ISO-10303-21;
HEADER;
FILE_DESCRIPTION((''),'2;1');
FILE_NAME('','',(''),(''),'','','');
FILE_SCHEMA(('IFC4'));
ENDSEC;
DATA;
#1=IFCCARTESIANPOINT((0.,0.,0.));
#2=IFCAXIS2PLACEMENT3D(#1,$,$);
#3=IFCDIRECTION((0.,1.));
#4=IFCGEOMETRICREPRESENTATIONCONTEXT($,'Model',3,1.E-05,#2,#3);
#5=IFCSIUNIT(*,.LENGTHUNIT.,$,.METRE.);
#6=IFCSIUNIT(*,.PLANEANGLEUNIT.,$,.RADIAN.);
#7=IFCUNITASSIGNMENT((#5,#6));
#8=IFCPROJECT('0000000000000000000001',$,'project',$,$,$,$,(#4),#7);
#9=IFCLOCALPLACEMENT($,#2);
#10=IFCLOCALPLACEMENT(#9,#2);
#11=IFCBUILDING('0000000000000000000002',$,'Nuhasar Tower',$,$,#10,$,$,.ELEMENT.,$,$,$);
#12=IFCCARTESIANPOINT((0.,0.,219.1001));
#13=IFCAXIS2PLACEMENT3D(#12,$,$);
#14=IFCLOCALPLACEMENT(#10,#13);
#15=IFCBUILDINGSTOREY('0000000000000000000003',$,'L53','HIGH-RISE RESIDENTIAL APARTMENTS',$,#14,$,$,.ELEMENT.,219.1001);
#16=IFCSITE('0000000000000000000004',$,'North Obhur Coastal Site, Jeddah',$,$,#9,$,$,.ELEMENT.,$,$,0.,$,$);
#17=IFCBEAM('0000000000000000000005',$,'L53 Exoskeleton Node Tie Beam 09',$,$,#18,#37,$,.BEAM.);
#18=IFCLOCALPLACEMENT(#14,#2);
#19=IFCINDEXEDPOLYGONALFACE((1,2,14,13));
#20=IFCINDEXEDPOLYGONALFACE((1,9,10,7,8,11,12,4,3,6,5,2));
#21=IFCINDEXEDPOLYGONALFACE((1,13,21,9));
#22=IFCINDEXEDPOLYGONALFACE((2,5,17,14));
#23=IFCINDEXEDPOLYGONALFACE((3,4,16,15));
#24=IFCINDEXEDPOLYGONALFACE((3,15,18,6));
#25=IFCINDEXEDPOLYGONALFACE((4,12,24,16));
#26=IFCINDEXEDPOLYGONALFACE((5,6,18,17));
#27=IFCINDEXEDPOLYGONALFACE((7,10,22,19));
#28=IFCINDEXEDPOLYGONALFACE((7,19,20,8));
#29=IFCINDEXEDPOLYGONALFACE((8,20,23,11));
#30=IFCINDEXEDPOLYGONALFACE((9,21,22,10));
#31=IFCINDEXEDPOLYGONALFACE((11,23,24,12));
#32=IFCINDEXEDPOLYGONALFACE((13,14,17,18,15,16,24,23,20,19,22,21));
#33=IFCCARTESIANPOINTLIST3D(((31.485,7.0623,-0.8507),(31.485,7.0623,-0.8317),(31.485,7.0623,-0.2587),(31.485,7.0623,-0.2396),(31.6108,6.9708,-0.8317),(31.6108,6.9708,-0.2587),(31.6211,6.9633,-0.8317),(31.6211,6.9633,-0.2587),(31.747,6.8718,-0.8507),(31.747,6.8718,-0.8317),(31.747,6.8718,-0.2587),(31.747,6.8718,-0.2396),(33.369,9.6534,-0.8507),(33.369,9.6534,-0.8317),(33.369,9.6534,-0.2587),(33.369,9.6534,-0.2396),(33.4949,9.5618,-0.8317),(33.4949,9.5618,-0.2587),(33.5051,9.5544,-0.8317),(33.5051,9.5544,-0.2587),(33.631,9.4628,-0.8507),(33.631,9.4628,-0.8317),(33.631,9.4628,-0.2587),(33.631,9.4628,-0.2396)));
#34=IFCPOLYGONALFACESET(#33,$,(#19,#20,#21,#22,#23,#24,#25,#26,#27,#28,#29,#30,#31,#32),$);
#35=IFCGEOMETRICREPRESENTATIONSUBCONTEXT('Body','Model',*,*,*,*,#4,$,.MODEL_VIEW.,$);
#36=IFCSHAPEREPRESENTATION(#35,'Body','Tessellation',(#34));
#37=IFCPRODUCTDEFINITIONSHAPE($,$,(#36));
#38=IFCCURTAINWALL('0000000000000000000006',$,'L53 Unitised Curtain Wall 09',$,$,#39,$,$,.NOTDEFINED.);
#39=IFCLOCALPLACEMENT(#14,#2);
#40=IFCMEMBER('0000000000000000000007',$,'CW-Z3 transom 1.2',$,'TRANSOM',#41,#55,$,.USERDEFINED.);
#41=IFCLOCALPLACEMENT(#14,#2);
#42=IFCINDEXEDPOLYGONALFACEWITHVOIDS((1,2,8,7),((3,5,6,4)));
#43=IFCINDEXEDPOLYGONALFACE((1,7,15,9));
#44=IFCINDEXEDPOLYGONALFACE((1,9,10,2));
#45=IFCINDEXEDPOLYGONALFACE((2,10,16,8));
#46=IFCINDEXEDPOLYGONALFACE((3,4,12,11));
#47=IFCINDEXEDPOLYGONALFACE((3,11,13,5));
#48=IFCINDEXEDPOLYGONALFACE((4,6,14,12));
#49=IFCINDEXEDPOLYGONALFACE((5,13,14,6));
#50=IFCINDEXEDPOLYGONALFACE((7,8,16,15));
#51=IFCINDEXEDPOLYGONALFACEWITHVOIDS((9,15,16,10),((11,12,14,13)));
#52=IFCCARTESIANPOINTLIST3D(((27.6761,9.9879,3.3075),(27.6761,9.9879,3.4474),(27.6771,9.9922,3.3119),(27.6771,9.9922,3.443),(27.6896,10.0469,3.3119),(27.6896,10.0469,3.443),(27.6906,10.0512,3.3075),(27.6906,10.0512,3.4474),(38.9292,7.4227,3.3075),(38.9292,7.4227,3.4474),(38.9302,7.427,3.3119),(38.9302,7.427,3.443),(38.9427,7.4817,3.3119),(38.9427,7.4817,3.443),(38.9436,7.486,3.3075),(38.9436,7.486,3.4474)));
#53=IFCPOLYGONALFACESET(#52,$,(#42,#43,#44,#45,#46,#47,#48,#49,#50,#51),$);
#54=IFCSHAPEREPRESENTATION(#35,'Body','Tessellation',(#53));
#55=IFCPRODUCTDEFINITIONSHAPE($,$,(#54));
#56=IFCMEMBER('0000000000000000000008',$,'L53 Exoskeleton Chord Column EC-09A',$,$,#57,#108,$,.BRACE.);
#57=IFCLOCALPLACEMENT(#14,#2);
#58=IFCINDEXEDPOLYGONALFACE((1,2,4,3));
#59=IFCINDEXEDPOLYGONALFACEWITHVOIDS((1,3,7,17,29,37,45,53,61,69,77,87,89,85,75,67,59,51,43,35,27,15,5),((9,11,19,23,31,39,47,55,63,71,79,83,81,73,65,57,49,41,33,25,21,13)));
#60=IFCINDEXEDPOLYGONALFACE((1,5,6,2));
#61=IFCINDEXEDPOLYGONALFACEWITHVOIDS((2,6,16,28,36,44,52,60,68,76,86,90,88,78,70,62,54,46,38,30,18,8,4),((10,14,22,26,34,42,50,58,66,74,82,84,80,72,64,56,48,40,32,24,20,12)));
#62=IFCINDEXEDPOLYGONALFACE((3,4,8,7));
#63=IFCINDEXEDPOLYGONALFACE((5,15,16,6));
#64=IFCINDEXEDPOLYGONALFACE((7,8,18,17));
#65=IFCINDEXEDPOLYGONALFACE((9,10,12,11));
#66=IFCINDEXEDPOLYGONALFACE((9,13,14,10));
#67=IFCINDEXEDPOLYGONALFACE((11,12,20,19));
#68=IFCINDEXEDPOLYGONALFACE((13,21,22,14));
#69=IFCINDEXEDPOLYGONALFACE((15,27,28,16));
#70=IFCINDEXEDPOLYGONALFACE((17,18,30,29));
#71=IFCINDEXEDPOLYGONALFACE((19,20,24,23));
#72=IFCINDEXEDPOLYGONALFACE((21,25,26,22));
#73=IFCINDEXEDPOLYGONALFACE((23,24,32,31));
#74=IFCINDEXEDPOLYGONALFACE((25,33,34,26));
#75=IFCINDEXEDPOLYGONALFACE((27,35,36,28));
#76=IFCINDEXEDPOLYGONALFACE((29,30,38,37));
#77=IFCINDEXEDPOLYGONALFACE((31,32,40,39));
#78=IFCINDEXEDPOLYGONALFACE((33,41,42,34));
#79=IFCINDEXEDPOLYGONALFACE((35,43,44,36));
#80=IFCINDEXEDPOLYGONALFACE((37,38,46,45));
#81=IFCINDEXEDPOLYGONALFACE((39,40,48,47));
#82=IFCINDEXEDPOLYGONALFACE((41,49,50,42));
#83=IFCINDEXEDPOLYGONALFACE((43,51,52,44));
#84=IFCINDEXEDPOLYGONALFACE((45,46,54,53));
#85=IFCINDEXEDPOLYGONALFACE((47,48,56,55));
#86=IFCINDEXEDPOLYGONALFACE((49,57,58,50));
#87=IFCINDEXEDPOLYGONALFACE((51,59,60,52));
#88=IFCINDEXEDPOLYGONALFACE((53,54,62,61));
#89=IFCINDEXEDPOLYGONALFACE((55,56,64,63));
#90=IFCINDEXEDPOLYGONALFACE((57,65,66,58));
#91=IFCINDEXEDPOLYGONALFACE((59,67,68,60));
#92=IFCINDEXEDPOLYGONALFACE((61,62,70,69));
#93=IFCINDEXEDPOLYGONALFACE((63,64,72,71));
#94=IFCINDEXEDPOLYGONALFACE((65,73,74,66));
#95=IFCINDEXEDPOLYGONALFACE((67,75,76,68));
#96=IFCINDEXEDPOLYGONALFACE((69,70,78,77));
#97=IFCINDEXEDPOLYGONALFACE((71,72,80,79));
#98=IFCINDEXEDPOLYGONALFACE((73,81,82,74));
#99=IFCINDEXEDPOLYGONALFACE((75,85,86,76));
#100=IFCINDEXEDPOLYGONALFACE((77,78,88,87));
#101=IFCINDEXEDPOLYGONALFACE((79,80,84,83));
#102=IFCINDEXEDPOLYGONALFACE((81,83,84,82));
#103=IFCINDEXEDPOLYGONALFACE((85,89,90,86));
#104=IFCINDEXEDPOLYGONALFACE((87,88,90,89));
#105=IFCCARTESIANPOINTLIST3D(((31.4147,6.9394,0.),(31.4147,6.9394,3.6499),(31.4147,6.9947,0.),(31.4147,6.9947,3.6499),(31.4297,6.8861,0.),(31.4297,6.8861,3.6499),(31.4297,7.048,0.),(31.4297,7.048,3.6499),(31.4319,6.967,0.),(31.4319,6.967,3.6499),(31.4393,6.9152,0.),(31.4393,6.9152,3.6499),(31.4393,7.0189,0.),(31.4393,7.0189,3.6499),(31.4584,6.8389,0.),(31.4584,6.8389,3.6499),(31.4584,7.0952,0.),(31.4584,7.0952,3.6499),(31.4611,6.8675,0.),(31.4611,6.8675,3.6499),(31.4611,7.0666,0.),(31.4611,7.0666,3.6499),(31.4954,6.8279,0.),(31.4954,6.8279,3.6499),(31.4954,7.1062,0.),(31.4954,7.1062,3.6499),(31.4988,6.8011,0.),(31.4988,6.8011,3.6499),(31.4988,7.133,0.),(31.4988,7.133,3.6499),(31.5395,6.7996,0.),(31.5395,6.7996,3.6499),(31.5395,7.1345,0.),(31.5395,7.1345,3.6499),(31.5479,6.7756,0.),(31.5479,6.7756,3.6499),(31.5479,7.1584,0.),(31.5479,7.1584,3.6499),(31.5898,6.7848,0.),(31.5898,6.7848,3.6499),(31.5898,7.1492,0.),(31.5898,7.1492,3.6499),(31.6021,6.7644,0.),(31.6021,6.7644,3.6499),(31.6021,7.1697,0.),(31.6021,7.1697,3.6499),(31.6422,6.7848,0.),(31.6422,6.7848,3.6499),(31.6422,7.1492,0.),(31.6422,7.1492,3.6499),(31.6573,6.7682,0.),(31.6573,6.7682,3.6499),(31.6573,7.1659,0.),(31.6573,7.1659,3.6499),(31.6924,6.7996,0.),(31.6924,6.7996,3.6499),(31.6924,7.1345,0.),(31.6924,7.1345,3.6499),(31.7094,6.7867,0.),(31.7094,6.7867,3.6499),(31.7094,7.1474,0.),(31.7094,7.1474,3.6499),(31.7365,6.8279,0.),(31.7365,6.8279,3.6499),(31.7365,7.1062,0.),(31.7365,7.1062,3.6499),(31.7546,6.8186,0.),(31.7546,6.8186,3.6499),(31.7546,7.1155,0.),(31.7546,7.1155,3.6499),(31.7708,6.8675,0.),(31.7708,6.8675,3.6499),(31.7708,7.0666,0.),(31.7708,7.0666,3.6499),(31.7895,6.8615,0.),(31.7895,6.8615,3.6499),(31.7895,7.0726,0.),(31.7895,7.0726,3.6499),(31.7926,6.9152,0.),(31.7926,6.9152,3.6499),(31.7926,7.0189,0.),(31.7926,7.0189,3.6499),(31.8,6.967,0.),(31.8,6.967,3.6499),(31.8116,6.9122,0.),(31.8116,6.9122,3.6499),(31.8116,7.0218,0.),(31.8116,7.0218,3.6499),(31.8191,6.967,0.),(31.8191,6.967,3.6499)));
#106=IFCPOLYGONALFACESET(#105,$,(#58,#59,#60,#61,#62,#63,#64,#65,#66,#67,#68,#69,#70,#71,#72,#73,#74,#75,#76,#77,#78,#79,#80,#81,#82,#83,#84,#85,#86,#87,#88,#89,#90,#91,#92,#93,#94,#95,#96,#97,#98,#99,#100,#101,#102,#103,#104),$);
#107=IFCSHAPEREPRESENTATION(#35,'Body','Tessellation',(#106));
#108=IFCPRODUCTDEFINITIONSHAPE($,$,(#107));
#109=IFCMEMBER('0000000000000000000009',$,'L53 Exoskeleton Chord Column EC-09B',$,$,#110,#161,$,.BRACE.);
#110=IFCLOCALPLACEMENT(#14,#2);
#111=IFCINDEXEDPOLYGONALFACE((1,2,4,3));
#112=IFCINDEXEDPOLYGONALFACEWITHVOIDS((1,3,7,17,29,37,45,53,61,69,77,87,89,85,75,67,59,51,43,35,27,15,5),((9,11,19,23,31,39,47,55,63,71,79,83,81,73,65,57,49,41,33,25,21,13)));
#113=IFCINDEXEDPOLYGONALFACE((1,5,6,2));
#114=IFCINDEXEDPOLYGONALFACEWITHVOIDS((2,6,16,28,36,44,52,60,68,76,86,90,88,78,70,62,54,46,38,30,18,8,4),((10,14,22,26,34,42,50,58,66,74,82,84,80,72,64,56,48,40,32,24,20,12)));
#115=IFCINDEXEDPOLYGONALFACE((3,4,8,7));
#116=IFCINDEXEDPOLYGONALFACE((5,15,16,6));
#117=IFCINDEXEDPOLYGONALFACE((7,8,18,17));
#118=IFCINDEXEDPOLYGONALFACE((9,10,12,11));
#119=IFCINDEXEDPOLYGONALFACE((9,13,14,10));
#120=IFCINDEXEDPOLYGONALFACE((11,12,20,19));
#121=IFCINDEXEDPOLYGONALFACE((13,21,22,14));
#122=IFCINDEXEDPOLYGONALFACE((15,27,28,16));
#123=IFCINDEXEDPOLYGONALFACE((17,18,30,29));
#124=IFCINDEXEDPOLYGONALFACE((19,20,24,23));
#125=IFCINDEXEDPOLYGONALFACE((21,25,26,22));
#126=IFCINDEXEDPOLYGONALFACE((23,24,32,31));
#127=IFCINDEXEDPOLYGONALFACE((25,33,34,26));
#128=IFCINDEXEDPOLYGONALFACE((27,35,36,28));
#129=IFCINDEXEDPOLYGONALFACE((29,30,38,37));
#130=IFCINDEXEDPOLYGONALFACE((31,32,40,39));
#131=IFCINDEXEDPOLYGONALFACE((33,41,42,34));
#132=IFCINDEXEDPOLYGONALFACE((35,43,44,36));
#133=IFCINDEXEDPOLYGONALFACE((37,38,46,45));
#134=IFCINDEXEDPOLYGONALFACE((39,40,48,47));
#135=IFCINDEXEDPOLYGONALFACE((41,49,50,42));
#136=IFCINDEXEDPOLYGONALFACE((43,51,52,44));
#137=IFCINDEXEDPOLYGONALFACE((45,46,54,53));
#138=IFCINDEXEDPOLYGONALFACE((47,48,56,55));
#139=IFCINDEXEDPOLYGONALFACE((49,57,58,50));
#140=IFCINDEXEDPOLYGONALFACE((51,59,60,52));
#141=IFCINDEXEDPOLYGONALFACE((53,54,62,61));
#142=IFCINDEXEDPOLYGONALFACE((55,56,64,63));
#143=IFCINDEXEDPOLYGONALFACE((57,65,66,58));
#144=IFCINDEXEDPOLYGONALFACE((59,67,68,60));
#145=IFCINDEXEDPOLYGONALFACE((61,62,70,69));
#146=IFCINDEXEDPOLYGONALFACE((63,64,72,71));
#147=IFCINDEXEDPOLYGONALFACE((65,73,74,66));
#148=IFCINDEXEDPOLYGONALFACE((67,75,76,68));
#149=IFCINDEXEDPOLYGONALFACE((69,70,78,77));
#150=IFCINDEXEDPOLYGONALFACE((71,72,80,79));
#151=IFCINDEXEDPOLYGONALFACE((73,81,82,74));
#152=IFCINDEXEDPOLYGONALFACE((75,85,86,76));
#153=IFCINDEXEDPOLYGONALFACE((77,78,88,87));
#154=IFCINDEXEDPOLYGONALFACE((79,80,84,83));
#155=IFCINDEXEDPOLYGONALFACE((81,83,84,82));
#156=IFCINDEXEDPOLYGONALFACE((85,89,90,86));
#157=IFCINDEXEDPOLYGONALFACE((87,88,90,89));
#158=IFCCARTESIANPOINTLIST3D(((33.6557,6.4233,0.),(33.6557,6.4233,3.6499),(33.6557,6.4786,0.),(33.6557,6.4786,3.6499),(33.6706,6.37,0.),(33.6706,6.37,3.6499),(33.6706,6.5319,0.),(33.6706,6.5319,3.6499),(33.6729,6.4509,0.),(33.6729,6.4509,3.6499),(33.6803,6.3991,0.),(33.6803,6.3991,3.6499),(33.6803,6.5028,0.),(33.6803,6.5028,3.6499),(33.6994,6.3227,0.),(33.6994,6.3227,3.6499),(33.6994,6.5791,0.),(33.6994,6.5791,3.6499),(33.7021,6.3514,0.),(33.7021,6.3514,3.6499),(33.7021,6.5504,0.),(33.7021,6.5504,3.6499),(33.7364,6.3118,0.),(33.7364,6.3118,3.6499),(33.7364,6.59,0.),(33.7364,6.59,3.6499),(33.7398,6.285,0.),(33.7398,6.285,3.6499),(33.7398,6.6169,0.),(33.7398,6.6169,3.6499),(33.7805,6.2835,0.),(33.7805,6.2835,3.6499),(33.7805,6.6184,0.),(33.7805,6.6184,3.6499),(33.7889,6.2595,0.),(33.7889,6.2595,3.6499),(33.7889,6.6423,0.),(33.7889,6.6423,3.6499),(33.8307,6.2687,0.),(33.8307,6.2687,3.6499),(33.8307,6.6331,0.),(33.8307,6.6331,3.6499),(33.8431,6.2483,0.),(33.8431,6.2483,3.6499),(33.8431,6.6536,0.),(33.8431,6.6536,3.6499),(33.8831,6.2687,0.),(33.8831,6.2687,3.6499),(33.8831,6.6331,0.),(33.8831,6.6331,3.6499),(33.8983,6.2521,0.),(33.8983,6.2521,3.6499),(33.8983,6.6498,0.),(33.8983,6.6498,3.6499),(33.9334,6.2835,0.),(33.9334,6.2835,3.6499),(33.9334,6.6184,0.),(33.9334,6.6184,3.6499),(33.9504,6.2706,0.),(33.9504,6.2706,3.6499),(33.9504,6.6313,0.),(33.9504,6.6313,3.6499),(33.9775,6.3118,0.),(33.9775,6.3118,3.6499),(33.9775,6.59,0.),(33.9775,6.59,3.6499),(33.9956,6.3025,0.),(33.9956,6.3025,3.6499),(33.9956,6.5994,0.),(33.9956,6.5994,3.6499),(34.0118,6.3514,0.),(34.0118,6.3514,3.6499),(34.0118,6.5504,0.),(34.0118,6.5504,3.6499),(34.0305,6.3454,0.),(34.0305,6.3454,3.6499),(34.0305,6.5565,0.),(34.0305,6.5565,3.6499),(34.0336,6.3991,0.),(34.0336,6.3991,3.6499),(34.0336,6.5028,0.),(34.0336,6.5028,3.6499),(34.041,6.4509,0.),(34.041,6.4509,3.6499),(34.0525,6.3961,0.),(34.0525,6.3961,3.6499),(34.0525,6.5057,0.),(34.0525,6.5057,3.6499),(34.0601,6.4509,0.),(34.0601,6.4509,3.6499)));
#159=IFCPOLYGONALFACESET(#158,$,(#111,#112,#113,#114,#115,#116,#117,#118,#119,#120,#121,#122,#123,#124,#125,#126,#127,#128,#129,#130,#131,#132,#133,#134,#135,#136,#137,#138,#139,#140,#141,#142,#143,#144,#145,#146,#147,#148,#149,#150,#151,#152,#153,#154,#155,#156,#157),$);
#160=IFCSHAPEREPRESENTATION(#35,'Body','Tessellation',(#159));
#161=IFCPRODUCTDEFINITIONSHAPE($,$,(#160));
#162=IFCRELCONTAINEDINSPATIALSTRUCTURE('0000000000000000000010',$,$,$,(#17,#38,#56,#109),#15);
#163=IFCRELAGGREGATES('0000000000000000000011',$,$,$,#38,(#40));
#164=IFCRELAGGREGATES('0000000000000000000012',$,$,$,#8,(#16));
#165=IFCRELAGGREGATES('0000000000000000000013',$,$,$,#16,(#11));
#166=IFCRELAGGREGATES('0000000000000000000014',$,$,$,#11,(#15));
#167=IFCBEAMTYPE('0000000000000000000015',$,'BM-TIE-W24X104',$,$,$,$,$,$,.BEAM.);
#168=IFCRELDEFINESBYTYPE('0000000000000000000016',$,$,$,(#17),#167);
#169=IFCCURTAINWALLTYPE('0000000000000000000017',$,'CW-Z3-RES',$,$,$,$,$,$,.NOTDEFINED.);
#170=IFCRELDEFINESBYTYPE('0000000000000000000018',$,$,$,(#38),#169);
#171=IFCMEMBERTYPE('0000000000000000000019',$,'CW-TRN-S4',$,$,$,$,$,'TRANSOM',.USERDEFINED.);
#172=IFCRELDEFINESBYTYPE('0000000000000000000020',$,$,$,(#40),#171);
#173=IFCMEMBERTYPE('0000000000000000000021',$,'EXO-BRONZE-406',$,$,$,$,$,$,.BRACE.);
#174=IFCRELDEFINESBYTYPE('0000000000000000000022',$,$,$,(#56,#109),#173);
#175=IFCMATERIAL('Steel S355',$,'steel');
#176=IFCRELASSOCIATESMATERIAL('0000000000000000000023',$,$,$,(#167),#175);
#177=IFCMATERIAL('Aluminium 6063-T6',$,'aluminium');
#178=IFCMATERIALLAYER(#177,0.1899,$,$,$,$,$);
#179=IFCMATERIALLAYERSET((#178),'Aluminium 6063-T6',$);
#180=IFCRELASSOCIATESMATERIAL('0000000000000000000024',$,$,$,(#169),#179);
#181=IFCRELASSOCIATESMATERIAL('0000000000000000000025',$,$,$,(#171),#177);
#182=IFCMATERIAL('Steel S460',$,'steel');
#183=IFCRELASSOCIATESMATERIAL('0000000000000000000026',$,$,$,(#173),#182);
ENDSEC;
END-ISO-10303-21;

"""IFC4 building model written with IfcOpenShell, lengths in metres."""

from ifc_helpers import new_model, si_unit, direction, frame, origin, origin_2d, place, context, subcontext, project, spatial, hollow_rectangle, hollow_circle, i_section, extrude, material, layer, layer_set, material_profile, profile_set, type_object, element, aggregate, save


model = new_model("IFC4")

# Units and contexts
model_context = context("Model", 3, precision=1e-05, world=origin(), true_north=direction((0.0, 1.0)))
body_context = subcontext(model_context, "Body", "Model", "MODEL_VIEW")
ifc_project = project(units=[si_unit("LENGTHUNIT", "METRE"), si_unit("PLANEANGLEUNIT", "RADIAN")], contexts=[model_context])

# Site, building, storey
site_placement = place(None, origin())
site = spatial("IfcSite", under=ifc_project, at=site_placement, Name="North Obhur Coastal Site, Jeddah", CompositionType="ELEMENT", RefElevation=0.0)
building_placement = place(site_placement, origin())
building = spatial("IfcBuilding", under=site, at=building_placement, Name="Nuhasar Tower", CompositionType="ELEMENT")
storey_placement = place(building_placement, frame((0.0, 0.0, 219.1001)))
storey = spatial("IfcBuildingStorey", under=building, at=storey_placement, Name="L53", Description="HIGH-RISE RESIDENTIAL APARTMENTS", CompositionType="ELEMENT", Elevation=219.1001)

# Beam
ifc_material_1 = material(Name="Steel S355", Category="steel")
ifc_material_profile_1 = material_profile(ifc_material_1, i_section(OverallWidth=0.324, OverallDepth=0.6111, WebThickness=0.0127, FlangeThickness=0.019, at=origin_2d()), Name="W24X104")
ifc_profile_set_1 = profile_set([ifc_material_profile_1], Name="Steel S355")
beam_type_1 = type_object("IfcBeamType", Name="BM-TIE-W24X104", PredefinedType="BEAM", material=ifc_profile_set_1)
beam_1_placement = place(storey_placement, frame((33.5, 9.5581, -0.5452), z_axis=(-0.588095, -0.808792, 0.0), x_axis=(0.808792, -0.588095, 0.0)))
element("IfcBeam", 1, at=beam_1_placement, inside=storey, type_object=beam_type_1, Name="L53 Exoskeleton Node Tie Beam 09", PredefinedType="BEAM", context=body_context, shape_type="SweptSolid", body=[
    extrude(i_section(OverallWidth=0.324, OverallDepth=0.6111, WebThickness=0.0127, FlangeThickness=0.019, at=origin_2d()), origin(), (0.0, 0.0, 1.0), 3.2036),
])

# Curtain wall, member
ifc_material_2 = material(Name="Aluminium 6063-T6", Category="aluminium")
ifc_layer_1 = layer(ifc_material_2, 0.1899)
ifc_layer_set_1 = layer_set([ifc_layer_1], Name="Aluminium 6063-T6")
curtain_wall_type = type_object("IfcCurtainWallType", Name="CW-Z3-RES", PredefinedType="NOTDEFINED", material=ifc_layer_set_1)
curtain_wall_placement = place(storey_placement, origin())
curtain_wall = element("IfcCurtainWall", 2, at=curtain_wall_placement, inside=storey, type_object=curtain_wall_type, Name="L53 Unitised Curtain Wall 09", PredefinedType="NOTDEFINED")
ifc_material_profile_2 = material_profile(ifc_material_2, hollow_rectangle(XDim=0.0649, YDim=0.1399, WallThickness=0.0044, at=origin_2d()), Name="CWT-4")
ifc_profile_set_2 = profile_set([ifc_material_profile_2], Name="Aluminium 6063-T6")
member_type_1 = type_object("IfcMemberType", Name="CW-TRN-S4", ElementType="TRANSOM", PredefinedType="USERDEFINED", material=ifc_profile_set_2)
member_placement = place(storey_placement, frame((27.6833, 10.0195, 3.3774), z_axis=(0.974989, -0.222251, 0.0), x_axis=(0.222251, 0.974989, 0.0)))
member = element("IfcMember", 3, at=member_placement, type_object=member_type_1, Name="CW-Z3 transom 1.2", ObjectType="TRANSOM", PredefinedType="USERDEFINED", context=body_context, shape_type="SweptSolid", body=[
    extrude(hollow_rectangle(XDim=0.0649, YDim=0.1399, WallThickness=0.0044, at=origin_2d()), origin(), (0.0, 0.0, 1.0), 11.5417),
])

# Members
ifc_material_3 = material(Name="Steel S460", Category="steel")
ifc_material_profile_3 = material_profile(ifc_material_3, hollow_circle(Radius=0.2031, WallThickness=0.019, at=origin_2d()), Name="HSS406.4X19.1")
ifc_profile_set_3 = profile_set([ifc_material_profile_3], Name="Steel S460")
member_type_2 = type_object("IfcMemberType", Name="EXO-BRONZE-406", PredefinedType="BRACE", material=ifc_profile_set_3)
for number, where, z_axis, x_axis, name in (
    (4, (31.616, 6.967, 0.0), (0.0, 0.0, 1.0), (1.0, 0.0, 0.0), "L53 Exoskeleton Chord Column EC-09A"),
    (5, (33.8569, 6.4509, 0.0), (0.0, 0.0, 1.0), (1.0, 0.0, 0.0), "L53 Exoskeleton Chord Column EC-09B"),
):
    element("IfcMember", number, at=place(storey_placement, frame(where, z_axis=z_axis, x_axis=x_axis)), inside=storey, type_object=member_type_2, Name=name, PredefinedType="BRACE", context=body_context, shape_type="SweptSolid", body=[
        extrude(hollow_circle(Radius=0.2031, WallThickness=0.019, at=origin_2d()), origin(), (0.0, 0.0, 1.0), 3.6499),
    ])

aggregate(curtain_wall, [member])

save(model, "model.ifc")
